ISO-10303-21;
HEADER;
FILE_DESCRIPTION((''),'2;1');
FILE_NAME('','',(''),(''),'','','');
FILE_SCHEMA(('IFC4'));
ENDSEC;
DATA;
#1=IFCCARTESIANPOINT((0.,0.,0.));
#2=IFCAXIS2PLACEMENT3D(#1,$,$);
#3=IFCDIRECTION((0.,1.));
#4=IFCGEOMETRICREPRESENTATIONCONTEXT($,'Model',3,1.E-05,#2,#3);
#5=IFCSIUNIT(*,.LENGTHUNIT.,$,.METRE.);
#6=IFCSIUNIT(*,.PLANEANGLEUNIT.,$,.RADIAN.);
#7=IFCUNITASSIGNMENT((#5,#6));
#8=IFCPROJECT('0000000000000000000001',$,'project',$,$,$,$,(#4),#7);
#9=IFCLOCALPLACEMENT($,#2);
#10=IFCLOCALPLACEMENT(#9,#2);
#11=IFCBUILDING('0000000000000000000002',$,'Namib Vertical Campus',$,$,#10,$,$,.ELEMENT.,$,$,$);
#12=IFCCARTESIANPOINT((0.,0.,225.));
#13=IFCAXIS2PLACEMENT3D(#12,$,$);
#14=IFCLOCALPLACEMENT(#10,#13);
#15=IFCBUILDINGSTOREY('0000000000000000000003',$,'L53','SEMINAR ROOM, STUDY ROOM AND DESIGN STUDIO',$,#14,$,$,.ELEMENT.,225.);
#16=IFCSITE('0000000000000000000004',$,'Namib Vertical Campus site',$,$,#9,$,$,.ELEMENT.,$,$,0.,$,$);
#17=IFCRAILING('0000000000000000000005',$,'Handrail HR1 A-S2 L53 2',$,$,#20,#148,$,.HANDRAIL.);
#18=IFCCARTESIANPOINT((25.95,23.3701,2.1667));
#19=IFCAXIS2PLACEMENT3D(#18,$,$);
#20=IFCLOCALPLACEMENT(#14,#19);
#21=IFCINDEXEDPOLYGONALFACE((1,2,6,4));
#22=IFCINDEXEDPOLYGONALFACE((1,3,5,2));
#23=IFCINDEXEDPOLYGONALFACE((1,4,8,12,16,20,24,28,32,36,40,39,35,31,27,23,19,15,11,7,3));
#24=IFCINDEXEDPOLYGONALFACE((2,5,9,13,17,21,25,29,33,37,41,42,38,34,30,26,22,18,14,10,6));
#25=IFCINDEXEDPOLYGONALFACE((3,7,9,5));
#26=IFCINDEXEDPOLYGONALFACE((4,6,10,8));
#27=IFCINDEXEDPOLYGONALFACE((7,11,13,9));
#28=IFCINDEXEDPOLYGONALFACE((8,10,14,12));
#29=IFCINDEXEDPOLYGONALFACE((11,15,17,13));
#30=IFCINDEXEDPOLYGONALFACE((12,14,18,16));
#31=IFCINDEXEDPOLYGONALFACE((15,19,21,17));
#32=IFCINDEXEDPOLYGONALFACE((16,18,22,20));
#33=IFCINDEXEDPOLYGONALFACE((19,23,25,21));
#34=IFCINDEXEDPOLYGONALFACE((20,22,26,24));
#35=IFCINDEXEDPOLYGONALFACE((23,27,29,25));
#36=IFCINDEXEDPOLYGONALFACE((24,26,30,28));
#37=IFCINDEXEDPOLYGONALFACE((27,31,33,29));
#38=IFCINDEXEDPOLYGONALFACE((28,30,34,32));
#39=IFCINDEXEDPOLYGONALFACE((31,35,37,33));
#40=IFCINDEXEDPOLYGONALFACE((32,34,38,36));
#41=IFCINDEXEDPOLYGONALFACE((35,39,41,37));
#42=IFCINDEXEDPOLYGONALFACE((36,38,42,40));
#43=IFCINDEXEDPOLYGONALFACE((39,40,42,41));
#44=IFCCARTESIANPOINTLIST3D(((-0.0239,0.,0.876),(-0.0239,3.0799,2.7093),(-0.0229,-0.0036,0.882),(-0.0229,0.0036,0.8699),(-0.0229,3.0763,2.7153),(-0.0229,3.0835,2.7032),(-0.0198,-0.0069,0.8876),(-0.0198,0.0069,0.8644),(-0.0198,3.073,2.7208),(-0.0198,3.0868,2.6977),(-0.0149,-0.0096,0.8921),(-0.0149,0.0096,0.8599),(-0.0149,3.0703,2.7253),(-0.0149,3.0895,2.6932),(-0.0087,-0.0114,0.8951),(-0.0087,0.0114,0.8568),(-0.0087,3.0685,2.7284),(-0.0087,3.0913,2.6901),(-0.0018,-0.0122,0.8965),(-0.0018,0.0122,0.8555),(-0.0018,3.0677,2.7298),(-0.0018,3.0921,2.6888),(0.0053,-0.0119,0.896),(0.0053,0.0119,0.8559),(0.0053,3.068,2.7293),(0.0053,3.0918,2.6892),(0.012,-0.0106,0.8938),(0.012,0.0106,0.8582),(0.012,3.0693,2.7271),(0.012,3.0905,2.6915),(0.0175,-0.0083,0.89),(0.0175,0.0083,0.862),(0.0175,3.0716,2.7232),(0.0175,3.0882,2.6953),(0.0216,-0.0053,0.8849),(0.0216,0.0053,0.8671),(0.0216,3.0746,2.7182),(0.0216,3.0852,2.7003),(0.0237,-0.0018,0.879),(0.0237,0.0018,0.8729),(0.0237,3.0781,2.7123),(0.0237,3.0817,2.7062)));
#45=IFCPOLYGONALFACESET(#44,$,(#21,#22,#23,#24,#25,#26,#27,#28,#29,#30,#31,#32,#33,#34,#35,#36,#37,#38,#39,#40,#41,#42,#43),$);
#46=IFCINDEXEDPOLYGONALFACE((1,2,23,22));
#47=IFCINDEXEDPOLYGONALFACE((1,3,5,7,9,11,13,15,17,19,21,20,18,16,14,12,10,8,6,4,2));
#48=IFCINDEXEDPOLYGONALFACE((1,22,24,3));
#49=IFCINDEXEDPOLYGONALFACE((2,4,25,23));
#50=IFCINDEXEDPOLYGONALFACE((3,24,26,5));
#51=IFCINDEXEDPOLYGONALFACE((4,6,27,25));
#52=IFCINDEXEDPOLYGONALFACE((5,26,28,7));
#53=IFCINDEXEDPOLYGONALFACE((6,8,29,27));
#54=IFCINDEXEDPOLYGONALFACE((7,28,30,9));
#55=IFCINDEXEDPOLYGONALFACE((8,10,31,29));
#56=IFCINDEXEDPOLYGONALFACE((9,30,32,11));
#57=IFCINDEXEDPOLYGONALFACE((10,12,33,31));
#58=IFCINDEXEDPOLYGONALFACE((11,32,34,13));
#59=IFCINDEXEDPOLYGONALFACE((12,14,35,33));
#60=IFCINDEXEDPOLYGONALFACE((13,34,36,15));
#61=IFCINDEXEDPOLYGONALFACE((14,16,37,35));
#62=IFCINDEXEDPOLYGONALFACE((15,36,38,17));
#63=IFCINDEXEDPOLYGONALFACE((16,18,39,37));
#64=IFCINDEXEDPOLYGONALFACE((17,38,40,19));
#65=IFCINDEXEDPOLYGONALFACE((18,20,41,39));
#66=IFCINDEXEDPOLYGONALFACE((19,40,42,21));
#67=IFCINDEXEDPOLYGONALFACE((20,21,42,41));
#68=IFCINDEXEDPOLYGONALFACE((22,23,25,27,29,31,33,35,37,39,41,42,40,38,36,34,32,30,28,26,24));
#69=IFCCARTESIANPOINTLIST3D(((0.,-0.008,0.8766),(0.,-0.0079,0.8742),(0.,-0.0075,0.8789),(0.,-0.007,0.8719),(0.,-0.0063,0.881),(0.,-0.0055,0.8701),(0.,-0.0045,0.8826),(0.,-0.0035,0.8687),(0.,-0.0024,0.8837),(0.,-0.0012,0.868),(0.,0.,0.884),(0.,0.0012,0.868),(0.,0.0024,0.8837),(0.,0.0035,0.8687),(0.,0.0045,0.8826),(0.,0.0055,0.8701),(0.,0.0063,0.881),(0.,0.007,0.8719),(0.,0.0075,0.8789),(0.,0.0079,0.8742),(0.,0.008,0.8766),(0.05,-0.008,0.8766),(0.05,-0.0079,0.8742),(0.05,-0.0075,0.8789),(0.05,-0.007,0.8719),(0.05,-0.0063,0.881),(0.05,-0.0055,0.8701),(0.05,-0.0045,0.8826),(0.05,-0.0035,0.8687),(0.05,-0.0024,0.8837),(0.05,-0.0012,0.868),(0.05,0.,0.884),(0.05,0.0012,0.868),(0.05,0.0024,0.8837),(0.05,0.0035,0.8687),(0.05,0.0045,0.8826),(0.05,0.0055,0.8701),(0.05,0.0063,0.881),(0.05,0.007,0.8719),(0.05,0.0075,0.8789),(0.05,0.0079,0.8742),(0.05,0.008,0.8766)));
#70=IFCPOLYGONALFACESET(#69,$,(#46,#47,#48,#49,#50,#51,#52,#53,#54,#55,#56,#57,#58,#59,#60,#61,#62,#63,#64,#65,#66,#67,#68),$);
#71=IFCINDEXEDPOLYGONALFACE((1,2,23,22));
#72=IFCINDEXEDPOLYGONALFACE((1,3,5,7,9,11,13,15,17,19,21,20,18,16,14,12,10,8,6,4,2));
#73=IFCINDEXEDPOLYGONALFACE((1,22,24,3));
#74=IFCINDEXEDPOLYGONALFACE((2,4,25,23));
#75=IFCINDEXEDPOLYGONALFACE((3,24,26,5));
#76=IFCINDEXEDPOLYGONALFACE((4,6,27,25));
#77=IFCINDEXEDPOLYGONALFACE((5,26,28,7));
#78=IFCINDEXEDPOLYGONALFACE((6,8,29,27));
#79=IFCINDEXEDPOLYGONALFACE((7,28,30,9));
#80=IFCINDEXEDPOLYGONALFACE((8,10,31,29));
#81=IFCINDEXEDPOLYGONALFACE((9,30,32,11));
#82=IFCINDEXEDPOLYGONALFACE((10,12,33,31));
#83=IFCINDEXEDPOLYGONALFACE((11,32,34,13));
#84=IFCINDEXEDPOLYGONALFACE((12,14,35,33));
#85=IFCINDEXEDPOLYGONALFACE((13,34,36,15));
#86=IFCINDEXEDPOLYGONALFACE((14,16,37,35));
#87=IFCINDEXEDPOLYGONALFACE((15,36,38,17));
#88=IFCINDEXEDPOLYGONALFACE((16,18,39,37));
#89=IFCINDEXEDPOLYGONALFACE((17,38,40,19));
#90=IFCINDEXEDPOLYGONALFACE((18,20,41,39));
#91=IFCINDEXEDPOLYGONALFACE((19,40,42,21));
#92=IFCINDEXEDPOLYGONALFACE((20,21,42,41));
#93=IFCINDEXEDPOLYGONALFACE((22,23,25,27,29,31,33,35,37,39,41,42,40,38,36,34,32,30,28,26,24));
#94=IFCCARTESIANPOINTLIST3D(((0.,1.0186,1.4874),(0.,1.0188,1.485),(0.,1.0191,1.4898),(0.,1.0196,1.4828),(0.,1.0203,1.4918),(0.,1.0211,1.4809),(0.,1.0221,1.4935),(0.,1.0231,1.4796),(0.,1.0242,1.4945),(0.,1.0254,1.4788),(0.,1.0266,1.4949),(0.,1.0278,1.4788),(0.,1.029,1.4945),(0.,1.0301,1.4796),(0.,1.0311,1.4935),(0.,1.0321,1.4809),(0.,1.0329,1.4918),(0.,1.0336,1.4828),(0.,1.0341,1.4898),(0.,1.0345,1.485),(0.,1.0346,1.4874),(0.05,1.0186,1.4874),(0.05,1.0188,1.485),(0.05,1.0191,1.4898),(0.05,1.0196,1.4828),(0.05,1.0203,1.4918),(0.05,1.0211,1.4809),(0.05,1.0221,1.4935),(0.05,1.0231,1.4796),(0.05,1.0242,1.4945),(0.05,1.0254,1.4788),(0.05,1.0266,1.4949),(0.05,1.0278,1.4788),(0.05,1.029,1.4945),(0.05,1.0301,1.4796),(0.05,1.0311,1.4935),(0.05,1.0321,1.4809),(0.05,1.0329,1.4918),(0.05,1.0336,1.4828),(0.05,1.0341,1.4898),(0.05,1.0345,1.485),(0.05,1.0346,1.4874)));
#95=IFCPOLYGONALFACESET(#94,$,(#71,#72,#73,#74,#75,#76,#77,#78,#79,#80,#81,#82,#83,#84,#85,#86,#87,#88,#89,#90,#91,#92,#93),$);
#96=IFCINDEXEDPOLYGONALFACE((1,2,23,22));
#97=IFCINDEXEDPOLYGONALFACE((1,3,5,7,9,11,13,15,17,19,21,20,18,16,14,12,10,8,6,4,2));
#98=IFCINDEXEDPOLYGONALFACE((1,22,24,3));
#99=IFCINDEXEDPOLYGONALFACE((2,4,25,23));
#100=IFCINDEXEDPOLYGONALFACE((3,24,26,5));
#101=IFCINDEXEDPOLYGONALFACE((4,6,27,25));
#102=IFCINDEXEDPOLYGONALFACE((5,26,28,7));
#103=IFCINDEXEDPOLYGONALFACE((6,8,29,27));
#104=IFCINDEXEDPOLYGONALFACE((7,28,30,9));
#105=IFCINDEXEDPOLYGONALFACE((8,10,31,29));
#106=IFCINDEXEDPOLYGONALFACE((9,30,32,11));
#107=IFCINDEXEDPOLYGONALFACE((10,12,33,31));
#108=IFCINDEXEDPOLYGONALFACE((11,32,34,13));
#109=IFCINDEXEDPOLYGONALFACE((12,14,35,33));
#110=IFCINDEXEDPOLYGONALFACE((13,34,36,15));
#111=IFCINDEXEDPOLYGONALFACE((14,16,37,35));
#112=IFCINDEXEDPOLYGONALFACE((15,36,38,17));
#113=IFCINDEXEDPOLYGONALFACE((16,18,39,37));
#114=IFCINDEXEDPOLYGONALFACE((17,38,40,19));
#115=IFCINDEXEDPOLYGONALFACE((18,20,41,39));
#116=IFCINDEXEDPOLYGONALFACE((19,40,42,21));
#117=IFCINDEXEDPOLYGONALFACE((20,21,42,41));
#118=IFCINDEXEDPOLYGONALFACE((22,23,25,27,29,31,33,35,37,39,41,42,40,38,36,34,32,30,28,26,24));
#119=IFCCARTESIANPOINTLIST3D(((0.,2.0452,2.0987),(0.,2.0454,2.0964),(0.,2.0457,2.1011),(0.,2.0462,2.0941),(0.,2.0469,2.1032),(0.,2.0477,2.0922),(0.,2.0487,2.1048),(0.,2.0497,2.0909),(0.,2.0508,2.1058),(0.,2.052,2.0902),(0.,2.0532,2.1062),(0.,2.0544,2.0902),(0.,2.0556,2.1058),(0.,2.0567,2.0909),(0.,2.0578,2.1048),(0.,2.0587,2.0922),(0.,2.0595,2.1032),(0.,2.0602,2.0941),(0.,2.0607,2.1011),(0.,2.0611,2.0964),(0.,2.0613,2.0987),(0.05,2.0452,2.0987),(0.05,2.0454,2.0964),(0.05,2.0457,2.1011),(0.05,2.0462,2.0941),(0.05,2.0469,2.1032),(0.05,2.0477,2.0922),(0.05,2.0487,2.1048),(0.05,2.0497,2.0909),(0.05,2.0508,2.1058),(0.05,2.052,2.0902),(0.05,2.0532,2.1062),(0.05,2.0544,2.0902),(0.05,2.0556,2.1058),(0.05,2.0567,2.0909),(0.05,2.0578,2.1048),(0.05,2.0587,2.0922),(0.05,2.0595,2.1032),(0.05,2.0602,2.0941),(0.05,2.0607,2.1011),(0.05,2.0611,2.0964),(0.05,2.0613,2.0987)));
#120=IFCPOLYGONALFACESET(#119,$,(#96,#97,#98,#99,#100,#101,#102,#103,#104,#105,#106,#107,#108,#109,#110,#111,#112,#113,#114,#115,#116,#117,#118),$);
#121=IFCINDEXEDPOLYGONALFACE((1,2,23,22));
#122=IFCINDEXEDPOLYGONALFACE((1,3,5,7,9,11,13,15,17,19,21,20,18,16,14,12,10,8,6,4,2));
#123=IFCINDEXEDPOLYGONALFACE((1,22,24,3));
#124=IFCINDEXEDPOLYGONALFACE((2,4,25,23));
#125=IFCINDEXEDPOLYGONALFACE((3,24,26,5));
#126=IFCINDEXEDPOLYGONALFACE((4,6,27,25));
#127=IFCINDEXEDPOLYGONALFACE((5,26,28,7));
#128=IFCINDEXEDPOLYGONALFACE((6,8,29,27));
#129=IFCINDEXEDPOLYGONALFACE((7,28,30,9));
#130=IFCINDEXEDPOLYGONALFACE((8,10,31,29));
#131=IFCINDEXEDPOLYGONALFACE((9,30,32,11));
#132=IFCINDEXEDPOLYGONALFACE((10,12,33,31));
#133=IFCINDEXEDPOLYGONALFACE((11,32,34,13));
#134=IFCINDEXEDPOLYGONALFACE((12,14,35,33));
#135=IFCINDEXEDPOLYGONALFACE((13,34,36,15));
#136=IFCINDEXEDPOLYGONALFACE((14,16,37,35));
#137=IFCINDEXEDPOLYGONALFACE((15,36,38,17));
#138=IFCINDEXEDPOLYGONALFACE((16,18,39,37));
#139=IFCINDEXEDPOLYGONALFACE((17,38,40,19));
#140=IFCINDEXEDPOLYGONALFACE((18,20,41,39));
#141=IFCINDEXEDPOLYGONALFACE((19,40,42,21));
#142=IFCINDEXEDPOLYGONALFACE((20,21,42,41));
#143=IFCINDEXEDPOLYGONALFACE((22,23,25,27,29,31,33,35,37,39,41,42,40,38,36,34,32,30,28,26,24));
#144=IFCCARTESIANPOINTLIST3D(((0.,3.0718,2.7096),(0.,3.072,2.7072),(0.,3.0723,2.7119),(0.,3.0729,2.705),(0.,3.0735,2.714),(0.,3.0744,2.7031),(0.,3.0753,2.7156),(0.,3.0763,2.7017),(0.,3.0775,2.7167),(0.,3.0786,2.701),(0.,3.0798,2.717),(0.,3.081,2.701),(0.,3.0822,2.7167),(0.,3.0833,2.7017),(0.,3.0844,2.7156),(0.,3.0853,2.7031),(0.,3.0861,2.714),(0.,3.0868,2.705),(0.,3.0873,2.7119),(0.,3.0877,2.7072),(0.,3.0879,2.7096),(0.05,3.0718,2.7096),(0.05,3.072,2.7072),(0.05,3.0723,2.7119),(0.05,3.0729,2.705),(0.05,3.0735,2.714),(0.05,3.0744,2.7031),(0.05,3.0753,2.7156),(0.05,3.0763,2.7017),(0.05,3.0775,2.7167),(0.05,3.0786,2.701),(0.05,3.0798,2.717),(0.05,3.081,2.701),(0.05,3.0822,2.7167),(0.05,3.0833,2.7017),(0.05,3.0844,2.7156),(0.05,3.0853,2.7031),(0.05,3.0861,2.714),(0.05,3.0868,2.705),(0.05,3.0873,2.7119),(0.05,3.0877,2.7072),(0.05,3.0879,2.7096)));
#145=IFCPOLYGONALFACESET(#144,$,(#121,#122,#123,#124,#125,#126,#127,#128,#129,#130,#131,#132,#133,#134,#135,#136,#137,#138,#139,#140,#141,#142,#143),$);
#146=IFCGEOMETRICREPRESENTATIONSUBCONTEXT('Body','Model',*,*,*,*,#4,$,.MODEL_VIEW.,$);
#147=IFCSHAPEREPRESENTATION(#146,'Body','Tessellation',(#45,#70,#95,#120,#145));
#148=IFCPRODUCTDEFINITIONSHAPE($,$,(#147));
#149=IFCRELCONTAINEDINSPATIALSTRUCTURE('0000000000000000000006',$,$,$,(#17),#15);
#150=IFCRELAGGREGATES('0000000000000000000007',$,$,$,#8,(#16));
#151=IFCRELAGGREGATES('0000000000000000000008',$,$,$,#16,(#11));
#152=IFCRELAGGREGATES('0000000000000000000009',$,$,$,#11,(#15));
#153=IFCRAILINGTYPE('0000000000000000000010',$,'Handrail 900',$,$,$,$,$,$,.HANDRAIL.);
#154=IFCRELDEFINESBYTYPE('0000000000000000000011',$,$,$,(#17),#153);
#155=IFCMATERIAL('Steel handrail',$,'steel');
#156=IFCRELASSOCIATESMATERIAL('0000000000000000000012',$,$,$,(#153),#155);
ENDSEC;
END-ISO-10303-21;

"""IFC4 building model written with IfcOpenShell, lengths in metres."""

from ifc_helpers import new_model, si_unit, direction, frame, origin, origin_2d, place, context, subcontext, project, spatial, circle, extrude, material, type_object, element, save


model = new_model("IFC4")

# Units and contexts
model_context = context("Model", 3, precision=1e-05, world=origin(), true_north=direction((0.0, 1.0)))
body_context = subcontext(model_context, "Body", "Model", "MODEL_VIEW")
ifc_project = project(units=[si_unit("LENGTHUNIT", "METRE"), si_unit("PLANEANGLEUNIT", "RADIAN")], contexts=[model_context])

# Site, building, storey
site_placement = place(None, origin())
site = spatial("IfcSite", under=ifc_project, at=site_placement, Name="Namib Vertical Campus site", CompositionType="ELEMENT", RefElevation=0.0)
building_placement = place(site_placement, origin())
building = spatial("IfcBuilding", under=site, at=building_placement, Name="Namib Vertical Campus", CompositionType="ELEMENT")
storey_placement = place(building_placement, frame((0.0, 0.0, 225.0)))
storey = spatial("IfcBuildingStorey", under=building, at=storey_placement, Name="L53", Description="SEMINAR ROOM, STUDY ROOM AND DESIGN STUDIO", CompositionType="ELEMENT", Elevation=225.0)

# Railing
ifc_material_1 = material(Name="Steel handrail", Category="steel")
railing_type_1 = type_object("IfcRailingType", Name="Handrail 900", PredefinedType="HANDRAIL", material=ifc_material_1)
railing_1_placement = place(storey_placement, frame((25.95, 23.3701, 2.1667)))
element("IfcRailing", 1, at=railing_1_placement, inside=storey, type_object=railing_type_1, Name="Handrail HR1 A-S2 L53 2", PredefinedType="HANDRAIL", context=body_context, shape_type="SweptSolid", body=[
    extrude(circle(Radius=0.0239, at=origin_2d()), frame((0.0, 0.0, 0.876), z_axis=(0.0, 0.859291, 0.511487), x_axis=(-1.0, 0.0, 0.0)), (0.0, 0.0, 1.0), 3.5842),
    extrude(circle(Radius=0.0081, at=origin_2d()), frame((0.0, 0.0, 0.876), z_axis=(1.0, 0.0, 0.0), x_axis=(0.0, 0.0, 1.0)), (0.0, 0.0, 1.0), 0.05),
    extrude(circle(Radius=0.0081, at=origin_2d()), frame((0.0, 1.0266, 1.4868), z_axis=(1.0, 0.0, 0.0), x_axis=(0.0, 0.0, 1.0)), (0.0, 0.0, 1.0), 0.05),
    extrude(circle(Radius=0.0081, at=origin_2d()), frame((0.0, 2.0532, 2.0981), z_axis=(1.0, 0.0, 0.0), x_axis=(0.0, 0.0, 1.0)), (0.0, 0.0, 1.0), 0.05),
    extrude(circle(Radius=0.0081, at=origin_2d()), frame((0.0, 3.0798, 2.709), z_axis=(1.0, 0.0, 0.0), x_axis=(0.0, 0.0, 1.0)), (0.0, 0.0, 1.0), 0.05),
])

save(model, "model.ifc")
